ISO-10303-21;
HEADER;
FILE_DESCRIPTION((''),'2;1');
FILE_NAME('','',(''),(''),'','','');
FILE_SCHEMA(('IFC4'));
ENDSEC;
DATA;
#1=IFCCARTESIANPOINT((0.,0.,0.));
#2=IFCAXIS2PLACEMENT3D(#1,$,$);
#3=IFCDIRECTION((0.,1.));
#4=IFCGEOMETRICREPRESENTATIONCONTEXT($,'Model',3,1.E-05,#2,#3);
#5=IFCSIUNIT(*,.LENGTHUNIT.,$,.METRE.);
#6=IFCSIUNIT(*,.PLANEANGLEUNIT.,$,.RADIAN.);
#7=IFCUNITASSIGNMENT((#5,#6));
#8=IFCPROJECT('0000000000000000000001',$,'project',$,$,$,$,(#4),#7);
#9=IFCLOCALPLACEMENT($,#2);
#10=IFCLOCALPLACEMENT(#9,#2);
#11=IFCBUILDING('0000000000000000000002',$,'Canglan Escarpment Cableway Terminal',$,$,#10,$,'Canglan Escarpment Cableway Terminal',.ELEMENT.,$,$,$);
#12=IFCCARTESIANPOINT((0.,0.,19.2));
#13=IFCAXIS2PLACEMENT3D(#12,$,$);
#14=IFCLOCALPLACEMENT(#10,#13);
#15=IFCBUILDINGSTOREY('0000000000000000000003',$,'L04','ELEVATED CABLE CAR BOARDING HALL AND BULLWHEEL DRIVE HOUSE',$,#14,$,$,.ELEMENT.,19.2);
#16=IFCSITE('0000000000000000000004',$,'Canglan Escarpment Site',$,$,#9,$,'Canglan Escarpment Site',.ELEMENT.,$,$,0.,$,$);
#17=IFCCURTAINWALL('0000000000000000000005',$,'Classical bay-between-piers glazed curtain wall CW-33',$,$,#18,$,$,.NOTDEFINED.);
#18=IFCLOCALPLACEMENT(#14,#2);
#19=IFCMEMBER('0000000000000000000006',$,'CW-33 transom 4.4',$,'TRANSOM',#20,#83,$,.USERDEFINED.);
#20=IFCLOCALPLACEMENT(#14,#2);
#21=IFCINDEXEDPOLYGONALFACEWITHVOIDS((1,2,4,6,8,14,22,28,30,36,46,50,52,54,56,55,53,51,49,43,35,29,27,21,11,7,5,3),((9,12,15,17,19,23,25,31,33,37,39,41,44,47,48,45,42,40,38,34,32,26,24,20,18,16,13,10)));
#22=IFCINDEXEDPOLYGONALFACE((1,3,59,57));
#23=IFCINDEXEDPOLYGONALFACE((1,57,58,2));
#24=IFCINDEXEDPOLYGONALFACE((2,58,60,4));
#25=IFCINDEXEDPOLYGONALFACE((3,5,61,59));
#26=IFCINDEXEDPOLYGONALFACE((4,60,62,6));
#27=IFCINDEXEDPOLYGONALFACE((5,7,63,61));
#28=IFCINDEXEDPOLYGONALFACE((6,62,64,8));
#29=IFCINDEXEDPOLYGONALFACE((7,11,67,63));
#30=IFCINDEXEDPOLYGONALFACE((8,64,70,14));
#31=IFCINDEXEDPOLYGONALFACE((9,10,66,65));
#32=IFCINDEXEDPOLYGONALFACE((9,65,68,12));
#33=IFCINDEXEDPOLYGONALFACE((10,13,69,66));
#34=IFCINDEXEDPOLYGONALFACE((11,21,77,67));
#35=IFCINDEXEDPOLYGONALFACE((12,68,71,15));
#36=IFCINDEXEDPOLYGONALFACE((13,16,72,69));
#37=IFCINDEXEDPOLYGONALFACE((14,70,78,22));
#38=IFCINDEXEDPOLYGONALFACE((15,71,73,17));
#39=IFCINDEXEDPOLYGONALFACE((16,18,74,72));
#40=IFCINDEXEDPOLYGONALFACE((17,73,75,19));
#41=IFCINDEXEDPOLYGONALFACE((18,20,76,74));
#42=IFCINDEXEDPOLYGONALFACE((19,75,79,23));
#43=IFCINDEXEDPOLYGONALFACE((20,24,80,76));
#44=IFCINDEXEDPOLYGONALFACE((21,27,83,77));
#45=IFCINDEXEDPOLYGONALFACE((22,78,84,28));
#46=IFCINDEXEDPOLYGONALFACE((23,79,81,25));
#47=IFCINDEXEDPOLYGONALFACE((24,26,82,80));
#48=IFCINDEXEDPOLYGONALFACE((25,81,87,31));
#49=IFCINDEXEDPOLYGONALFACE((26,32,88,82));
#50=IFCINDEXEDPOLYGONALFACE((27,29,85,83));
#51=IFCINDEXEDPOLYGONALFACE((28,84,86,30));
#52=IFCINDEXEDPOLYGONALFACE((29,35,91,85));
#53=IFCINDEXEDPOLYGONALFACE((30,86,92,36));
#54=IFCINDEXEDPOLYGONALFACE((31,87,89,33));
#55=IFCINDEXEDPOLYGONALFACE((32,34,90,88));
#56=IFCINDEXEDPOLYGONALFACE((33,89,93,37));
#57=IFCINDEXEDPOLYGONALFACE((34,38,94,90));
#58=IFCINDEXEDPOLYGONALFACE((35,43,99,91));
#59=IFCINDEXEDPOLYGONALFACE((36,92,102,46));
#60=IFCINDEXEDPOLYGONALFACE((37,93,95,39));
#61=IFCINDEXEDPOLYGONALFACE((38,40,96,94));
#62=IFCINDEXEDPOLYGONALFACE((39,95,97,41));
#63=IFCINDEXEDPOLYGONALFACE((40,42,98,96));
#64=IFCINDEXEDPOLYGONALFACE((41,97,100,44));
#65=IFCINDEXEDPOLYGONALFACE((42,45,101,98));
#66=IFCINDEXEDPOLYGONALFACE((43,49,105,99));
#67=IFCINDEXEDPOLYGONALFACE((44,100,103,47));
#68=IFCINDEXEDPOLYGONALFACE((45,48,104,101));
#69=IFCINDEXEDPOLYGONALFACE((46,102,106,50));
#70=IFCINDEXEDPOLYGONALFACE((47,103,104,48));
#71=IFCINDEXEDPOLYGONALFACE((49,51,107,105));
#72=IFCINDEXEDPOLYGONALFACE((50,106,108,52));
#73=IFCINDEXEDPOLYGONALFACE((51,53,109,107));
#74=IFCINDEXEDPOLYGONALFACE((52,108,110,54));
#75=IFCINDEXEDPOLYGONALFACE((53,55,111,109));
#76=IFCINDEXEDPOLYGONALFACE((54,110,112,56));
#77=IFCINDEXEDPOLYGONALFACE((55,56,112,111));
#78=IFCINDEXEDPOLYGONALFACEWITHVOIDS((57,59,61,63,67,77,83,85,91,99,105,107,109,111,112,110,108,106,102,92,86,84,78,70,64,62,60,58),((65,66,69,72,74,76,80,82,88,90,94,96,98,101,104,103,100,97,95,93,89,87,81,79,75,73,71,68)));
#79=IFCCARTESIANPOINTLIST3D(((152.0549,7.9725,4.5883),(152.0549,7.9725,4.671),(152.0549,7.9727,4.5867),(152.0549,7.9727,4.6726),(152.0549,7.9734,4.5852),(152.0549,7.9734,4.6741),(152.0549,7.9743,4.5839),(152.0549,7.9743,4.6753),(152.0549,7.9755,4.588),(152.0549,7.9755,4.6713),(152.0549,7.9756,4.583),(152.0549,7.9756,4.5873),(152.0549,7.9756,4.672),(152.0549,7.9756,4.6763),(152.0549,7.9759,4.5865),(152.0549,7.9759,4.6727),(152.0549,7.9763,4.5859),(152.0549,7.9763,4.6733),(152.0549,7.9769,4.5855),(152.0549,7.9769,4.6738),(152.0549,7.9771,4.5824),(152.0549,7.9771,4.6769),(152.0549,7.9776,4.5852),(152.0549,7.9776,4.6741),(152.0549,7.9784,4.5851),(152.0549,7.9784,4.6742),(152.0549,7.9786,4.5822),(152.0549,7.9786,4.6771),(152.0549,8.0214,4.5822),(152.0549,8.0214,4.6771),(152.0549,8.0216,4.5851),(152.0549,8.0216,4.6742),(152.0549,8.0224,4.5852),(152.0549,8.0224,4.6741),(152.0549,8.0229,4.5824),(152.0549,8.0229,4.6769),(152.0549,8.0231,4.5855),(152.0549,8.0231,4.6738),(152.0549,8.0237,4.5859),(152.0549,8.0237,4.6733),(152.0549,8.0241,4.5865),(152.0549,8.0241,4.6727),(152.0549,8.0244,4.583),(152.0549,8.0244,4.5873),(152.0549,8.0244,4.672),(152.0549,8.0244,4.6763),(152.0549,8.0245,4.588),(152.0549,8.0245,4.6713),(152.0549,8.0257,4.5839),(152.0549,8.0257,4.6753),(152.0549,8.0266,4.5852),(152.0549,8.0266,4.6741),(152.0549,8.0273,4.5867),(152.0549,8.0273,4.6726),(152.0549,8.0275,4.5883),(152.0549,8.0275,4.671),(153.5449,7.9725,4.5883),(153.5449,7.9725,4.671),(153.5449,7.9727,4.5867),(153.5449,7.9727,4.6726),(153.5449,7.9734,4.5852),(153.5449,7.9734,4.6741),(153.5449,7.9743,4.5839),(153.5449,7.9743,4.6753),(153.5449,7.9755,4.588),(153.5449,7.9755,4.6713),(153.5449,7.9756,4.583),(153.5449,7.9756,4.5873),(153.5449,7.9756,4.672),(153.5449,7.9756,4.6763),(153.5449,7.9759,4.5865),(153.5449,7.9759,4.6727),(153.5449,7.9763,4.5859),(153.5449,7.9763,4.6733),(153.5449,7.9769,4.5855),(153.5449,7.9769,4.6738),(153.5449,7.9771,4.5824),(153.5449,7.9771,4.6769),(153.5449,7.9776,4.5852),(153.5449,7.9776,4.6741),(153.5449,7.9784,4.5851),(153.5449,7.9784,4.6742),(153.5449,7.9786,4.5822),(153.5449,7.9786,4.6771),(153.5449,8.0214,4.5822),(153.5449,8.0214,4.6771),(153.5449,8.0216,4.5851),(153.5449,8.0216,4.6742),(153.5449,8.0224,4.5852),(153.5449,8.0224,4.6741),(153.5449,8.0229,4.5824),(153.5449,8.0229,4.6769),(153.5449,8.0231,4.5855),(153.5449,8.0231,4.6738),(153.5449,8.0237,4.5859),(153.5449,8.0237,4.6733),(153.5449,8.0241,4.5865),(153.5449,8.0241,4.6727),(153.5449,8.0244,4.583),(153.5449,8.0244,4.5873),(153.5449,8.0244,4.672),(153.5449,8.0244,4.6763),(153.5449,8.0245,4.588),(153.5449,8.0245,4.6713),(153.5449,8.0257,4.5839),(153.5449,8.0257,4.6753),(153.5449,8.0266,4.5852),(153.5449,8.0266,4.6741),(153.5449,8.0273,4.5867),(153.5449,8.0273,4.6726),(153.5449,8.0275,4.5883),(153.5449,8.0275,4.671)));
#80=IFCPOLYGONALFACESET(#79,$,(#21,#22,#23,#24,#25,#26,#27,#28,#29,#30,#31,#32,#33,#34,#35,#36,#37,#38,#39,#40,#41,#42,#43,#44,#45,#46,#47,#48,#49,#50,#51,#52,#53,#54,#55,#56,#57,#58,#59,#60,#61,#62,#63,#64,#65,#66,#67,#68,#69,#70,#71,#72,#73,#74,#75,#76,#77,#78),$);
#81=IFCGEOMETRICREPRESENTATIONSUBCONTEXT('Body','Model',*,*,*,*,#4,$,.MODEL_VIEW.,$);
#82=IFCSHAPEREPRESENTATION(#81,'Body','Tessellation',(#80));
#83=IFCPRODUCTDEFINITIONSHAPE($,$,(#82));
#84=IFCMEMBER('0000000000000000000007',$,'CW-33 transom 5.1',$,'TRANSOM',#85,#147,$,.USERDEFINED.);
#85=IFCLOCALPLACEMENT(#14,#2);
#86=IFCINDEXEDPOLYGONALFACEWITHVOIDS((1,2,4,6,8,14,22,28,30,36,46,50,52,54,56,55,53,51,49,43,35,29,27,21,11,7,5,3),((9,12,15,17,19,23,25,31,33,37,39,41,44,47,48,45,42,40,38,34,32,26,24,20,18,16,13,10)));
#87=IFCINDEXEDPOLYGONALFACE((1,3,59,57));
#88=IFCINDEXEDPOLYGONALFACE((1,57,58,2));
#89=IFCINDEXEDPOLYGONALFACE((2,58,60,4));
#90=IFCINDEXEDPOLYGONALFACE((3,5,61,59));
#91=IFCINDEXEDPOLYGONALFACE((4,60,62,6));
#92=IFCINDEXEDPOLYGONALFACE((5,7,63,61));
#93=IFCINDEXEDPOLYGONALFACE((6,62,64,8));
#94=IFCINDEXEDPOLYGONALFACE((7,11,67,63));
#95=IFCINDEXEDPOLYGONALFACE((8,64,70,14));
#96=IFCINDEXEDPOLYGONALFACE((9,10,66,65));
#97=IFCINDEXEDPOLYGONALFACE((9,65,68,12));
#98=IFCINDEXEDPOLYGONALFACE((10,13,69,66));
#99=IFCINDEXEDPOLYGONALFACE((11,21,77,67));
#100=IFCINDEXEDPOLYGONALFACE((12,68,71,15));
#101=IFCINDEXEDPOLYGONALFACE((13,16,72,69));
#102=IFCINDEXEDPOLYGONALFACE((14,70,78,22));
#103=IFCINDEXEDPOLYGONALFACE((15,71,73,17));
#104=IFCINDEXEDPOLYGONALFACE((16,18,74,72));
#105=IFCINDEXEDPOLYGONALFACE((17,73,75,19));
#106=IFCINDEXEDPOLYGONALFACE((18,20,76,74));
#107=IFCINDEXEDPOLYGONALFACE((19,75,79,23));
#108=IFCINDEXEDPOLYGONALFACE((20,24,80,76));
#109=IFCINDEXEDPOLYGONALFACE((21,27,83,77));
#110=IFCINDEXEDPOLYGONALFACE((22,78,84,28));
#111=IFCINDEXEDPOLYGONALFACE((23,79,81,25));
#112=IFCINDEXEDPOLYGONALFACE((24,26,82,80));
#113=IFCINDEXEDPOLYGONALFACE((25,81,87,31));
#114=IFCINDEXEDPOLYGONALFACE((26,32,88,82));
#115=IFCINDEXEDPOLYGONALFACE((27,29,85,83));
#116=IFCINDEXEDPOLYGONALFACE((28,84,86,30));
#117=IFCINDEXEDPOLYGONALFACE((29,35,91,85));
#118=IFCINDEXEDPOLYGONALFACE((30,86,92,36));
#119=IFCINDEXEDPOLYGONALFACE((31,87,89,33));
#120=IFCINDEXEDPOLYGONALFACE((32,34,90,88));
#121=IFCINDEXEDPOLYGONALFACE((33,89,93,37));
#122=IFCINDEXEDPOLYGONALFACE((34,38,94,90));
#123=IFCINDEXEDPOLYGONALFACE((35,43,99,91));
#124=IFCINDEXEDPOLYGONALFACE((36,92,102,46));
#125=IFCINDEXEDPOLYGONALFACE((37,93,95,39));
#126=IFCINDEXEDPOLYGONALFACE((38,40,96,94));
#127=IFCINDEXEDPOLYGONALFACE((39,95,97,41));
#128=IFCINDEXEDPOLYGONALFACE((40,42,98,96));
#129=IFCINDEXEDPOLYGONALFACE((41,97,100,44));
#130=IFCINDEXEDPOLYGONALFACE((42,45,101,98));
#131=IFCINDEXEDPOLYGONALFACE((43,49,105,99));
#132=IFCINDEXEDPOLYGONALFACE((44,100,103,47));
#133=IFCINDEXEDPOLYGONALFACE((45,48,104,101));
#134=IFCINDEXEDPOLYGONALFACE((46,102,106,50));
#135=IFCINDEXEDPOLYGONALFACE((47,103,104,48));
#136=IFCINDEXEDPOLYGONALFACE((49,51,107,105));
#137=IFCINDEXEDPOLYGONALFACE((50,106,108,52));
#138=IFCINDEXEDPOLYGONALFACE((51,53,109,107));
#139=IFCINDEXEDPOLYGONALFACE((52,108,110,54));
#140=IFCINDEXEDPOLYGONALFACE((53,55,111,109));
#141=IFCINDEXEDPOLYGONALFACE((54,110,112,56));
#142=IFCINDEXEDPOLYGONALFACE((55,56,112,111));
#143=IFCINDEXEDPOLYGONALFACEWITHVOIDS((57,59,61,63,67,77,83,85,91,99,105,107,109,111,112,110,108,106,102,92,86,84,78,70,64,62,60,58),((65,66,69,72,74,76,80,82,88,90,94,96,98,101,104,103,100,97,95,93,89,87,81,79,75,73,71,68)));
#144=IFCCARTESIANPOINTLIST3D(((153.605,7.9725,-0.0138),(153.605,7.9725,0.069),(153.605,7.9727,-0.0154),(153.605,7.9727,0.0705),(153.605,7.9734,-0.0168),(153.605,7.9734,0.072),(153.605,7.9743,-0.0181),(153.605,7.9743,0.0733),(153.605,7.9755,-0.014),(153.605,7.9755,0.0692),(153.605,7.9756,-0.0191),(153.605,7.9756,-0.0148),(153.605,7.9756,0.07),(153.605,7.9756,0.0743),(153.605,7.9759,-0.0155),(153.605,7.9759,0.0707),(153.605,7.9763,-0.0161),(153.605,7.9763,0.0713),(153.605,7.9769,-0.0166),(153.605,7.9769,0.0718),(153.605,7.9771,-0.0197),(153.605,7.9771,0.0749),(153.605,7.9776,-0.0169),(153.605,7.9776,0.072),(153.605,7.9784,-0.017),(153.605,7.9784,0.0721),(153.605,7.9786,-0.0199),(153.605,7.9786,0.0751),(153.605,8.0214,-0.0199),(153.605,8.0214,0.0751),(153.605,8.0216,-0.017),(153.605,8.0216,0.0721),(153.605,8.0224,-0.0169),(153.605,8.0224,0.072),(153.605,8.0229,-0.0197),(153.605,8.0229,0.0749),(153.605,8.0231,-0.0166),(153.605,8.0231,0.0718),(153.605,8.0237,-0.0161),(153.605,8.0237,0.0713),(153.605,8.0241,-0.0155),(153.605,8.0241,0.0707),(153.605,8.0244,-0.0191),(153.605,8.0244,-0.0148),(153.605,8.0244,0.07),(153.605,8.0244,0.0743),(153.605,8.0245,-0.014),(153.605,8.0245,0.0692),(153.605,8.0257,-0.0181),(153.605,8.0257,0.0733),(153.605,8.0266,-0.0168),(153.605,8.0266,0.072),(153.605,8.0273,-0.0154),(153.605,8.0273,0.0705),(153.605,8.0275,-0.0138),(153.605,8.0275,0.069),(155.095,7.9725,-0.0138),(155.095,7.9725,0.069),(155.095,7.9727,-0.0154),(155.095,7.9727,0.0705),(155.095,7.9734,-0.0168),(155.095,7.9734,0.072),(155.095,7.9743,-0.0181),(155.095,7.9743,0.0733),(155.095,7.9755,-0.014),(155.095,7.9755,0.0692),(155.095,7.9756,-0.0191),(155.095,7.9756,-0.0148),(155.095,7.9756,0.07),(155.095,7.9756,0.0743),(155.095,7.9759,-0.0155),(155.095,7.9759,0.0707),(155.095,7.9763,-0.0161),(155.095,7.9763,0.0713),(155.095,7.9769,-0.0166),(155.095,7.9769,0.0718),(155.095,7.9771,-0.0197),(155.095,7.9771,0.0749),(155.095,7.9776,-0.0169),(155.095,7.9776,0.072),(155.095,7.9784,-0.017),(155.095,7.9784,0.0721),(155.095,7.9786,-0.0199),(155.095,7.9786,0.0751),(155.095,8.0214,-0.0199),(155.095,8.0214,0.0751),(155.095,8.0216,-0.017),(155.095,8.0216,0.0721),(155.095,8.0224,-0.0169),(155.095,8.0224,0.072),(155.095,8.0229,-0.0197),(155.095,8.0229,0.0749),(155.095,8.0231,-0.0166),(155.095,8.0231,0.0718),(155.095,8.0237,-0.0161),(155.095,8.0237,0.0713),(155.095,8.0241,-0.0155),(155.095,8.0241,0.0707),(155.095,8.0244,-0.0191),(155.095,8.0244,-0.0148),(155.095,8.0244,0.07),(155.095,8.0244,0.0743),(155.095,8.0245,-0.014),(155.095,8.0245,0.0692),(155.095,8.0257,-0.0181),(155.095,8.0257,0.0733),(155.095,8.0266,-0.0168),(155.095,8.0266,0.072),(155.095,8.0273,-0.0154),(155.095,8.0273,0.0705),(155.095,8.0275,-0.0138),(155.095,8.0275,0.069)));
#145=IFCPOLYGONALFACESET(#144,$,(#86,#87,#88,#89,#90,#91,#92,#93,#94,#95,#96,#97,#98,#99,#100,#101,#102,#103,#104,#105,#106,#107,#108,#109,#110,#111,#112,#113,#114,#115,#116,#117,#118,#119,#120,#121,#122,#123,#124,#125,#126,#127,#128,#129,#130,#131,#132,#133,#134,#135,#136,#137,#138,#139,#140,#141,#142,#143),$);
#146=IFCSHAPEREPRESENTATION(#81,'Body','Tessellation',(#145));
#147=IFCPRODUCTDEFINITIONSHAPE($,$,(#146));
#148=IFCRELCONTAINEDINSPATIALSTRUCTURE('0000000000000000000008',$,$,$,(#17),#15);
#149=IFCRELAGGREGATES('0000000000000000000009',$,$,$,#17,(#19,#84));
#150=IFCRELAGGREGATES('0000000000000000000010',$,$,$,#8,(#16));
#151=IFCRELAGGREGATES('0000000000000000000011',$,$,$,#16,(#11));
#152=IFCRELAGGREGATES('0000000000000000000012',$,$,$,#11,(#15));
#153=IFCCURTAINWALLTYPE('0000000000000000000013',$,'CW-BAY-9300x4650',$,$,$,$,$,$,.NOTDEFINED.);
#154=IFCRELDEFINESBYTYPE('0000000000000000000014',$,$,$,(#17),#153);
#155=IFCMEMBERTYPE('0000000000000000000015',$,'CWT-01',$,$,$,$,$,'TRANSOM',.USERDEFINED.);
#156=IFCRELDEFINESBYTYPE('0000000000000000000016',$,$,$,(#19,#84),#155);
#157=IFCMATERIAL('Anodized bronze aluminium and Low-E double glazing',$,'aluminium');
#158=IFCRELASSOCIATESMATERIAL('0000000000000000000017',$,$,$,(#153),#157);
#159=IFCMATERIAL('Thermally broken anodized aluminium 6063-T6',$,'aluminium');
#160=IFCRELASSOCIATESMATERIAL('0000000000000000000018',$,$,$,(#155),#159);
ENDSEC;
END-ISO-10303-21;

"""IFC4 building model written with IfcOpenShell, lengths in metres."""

from ifc_helpers import new_model, si_unit, direction, frame, origin, origin_2d, place, context, subcontext, project, spatial, hollow_rectangle, extrude, material, material_profile, profile_set, type_object, element, aggregate, save


model = new_model("IFC4")

# Units and contexts
model_context = context("Model", 3, precision=1e-05, world=origin(), true_north=direction((0.0, 1.0)))
body_context = subcontext(model_context, "Body", "Model", "MODEL_VIEW")
ifc_project = project(units=[si_unit("LENGTHUNIT", "METRE"), si_unit("PLANEANGLEUNIT", "RADIAN")], contexts=[model_context])

# Site, building, storey
site_placement = place(None, origin())
site = spatial("IfcSite", under=ifc_project, at=site_placement, Name="Canglan Escarpment Site", LongName="Canglan Escarpment Site", CompositionType="ELEMENT", RefElevation=0.0)
building_placement = place(site_placement, origin())
building = spatial("IfcBuilding", under=site, at=building_placement, Name="Canglan Escarpment Cableway Terminal", LongName="Canglan Escarpment Cableway Terminal", CompositionType="ELEMENT")
storey_placement = place(building_placement, frame((0.0, 0.0, 19.2)))
storey = spatial("IfcBuildingStorey", under=building, at=storey_placement, Name="L04", Description="ELEVATED CABLE CAR BOARDING HALL AND BULLWHEEL DRIVE HOUSE", CompositionType="ELEMENT", Elevation=19.2)

# Curtain wall
ifc_material_1 = material(Name="Anodized bronze aluminium and Low-E double glazing", Category="aluminium")
curtain_wall_type = type_object("IfcCurtainWallType", Name="CW-BAY-9300x4650", PredefinedType="NOTDEFINED", material=ifc_material_1)
curtain_wall_1_placement = place(storey_placement, origin())
curtain_wall_1 = element("IfcCurtainWall", 1, at=curtain_wall_1_placement, inside=storey, type_object=curtain_wall_type, Name="Classical bay-between-piers glazed curtain wall CW-33", PredefinedType="NOTDEFINED")
ifc_material_2 = material(Name="Thermally broken anodized aluminium 6063-T6", Category="aluminium")

# Members
ifc_material_profile_1 = material_profile(ifc_material_2, hollow_rectangle(XDim=0.0549, YDim=0.095, WallThickness=0.0029, InnerFilletRadius=0.0029, OuterFilletRadius=0.0061, at=origin_2d()), Name="ALU-TRAN 55x95x3")
ifc_profile_set_1 = profile_set([ifc_material_profile_1], Name="Thermally broken anodized aluminium 6063-T6")
member_type_1 = type_object("IfcMemberType", Name="CWT-01", ElementType="TRANSOM", PredefinedType="USERDEFINED", material=ifc_profile_set_1)
member_1_placement = place(storey_placement, frame((152.0549, 8.0, 4.6296), z_axis=(1.0, 0.0, 0.0), x_axis=(0.0, 1.0, 0.0)))
member_1 = element("IfcMember", 2, at=member_1_placement, type_object=member_type_1, Name="CW-33 transom 4.4", ObjectType="TRANSOM", PredefinedType="USERDEFINED", context=body_context, shape_type="SweptSolid", body=[
    extrude(hollow_rectangle(XDim=0.0549, YDim=0.095, WallThickness=0.0029, InnerFilletRadius=0.0029, OuterFilletRadius=0.0061, at=origin_2d()), origin(), (0.0, 0.0, 1.0), 1.49),
])
member_2_placement = place(storey_placement, frame((153.605, 8.0, 0.0276), z_axis=(1.0, 0.0, 0.0), x_axis=(0.0, 1.0, 0.0)))
member_2 = element("IfcMember", 3, at=member_2_placement, type_object=member_type_1, Name="CW-33 transom 5.1", ObjectType="TRANSOM", PredefinedType="USERDEFINED", context=body_context, shape_type="SweptSolid", body=[
    extrude(hollow_rectangle(XDim=0.0549, YDim=0.095, WallThickness=0.0029, InnerFilletRadius=0.0029, OuterFilletRadius=0.0061, at=origin_2d()), origin(), (0.0, 0.0, 1.0), 1.49),
])

aggregate(curtain_wall_1, [member_1, member_2])

save(model, "model.ifc")
